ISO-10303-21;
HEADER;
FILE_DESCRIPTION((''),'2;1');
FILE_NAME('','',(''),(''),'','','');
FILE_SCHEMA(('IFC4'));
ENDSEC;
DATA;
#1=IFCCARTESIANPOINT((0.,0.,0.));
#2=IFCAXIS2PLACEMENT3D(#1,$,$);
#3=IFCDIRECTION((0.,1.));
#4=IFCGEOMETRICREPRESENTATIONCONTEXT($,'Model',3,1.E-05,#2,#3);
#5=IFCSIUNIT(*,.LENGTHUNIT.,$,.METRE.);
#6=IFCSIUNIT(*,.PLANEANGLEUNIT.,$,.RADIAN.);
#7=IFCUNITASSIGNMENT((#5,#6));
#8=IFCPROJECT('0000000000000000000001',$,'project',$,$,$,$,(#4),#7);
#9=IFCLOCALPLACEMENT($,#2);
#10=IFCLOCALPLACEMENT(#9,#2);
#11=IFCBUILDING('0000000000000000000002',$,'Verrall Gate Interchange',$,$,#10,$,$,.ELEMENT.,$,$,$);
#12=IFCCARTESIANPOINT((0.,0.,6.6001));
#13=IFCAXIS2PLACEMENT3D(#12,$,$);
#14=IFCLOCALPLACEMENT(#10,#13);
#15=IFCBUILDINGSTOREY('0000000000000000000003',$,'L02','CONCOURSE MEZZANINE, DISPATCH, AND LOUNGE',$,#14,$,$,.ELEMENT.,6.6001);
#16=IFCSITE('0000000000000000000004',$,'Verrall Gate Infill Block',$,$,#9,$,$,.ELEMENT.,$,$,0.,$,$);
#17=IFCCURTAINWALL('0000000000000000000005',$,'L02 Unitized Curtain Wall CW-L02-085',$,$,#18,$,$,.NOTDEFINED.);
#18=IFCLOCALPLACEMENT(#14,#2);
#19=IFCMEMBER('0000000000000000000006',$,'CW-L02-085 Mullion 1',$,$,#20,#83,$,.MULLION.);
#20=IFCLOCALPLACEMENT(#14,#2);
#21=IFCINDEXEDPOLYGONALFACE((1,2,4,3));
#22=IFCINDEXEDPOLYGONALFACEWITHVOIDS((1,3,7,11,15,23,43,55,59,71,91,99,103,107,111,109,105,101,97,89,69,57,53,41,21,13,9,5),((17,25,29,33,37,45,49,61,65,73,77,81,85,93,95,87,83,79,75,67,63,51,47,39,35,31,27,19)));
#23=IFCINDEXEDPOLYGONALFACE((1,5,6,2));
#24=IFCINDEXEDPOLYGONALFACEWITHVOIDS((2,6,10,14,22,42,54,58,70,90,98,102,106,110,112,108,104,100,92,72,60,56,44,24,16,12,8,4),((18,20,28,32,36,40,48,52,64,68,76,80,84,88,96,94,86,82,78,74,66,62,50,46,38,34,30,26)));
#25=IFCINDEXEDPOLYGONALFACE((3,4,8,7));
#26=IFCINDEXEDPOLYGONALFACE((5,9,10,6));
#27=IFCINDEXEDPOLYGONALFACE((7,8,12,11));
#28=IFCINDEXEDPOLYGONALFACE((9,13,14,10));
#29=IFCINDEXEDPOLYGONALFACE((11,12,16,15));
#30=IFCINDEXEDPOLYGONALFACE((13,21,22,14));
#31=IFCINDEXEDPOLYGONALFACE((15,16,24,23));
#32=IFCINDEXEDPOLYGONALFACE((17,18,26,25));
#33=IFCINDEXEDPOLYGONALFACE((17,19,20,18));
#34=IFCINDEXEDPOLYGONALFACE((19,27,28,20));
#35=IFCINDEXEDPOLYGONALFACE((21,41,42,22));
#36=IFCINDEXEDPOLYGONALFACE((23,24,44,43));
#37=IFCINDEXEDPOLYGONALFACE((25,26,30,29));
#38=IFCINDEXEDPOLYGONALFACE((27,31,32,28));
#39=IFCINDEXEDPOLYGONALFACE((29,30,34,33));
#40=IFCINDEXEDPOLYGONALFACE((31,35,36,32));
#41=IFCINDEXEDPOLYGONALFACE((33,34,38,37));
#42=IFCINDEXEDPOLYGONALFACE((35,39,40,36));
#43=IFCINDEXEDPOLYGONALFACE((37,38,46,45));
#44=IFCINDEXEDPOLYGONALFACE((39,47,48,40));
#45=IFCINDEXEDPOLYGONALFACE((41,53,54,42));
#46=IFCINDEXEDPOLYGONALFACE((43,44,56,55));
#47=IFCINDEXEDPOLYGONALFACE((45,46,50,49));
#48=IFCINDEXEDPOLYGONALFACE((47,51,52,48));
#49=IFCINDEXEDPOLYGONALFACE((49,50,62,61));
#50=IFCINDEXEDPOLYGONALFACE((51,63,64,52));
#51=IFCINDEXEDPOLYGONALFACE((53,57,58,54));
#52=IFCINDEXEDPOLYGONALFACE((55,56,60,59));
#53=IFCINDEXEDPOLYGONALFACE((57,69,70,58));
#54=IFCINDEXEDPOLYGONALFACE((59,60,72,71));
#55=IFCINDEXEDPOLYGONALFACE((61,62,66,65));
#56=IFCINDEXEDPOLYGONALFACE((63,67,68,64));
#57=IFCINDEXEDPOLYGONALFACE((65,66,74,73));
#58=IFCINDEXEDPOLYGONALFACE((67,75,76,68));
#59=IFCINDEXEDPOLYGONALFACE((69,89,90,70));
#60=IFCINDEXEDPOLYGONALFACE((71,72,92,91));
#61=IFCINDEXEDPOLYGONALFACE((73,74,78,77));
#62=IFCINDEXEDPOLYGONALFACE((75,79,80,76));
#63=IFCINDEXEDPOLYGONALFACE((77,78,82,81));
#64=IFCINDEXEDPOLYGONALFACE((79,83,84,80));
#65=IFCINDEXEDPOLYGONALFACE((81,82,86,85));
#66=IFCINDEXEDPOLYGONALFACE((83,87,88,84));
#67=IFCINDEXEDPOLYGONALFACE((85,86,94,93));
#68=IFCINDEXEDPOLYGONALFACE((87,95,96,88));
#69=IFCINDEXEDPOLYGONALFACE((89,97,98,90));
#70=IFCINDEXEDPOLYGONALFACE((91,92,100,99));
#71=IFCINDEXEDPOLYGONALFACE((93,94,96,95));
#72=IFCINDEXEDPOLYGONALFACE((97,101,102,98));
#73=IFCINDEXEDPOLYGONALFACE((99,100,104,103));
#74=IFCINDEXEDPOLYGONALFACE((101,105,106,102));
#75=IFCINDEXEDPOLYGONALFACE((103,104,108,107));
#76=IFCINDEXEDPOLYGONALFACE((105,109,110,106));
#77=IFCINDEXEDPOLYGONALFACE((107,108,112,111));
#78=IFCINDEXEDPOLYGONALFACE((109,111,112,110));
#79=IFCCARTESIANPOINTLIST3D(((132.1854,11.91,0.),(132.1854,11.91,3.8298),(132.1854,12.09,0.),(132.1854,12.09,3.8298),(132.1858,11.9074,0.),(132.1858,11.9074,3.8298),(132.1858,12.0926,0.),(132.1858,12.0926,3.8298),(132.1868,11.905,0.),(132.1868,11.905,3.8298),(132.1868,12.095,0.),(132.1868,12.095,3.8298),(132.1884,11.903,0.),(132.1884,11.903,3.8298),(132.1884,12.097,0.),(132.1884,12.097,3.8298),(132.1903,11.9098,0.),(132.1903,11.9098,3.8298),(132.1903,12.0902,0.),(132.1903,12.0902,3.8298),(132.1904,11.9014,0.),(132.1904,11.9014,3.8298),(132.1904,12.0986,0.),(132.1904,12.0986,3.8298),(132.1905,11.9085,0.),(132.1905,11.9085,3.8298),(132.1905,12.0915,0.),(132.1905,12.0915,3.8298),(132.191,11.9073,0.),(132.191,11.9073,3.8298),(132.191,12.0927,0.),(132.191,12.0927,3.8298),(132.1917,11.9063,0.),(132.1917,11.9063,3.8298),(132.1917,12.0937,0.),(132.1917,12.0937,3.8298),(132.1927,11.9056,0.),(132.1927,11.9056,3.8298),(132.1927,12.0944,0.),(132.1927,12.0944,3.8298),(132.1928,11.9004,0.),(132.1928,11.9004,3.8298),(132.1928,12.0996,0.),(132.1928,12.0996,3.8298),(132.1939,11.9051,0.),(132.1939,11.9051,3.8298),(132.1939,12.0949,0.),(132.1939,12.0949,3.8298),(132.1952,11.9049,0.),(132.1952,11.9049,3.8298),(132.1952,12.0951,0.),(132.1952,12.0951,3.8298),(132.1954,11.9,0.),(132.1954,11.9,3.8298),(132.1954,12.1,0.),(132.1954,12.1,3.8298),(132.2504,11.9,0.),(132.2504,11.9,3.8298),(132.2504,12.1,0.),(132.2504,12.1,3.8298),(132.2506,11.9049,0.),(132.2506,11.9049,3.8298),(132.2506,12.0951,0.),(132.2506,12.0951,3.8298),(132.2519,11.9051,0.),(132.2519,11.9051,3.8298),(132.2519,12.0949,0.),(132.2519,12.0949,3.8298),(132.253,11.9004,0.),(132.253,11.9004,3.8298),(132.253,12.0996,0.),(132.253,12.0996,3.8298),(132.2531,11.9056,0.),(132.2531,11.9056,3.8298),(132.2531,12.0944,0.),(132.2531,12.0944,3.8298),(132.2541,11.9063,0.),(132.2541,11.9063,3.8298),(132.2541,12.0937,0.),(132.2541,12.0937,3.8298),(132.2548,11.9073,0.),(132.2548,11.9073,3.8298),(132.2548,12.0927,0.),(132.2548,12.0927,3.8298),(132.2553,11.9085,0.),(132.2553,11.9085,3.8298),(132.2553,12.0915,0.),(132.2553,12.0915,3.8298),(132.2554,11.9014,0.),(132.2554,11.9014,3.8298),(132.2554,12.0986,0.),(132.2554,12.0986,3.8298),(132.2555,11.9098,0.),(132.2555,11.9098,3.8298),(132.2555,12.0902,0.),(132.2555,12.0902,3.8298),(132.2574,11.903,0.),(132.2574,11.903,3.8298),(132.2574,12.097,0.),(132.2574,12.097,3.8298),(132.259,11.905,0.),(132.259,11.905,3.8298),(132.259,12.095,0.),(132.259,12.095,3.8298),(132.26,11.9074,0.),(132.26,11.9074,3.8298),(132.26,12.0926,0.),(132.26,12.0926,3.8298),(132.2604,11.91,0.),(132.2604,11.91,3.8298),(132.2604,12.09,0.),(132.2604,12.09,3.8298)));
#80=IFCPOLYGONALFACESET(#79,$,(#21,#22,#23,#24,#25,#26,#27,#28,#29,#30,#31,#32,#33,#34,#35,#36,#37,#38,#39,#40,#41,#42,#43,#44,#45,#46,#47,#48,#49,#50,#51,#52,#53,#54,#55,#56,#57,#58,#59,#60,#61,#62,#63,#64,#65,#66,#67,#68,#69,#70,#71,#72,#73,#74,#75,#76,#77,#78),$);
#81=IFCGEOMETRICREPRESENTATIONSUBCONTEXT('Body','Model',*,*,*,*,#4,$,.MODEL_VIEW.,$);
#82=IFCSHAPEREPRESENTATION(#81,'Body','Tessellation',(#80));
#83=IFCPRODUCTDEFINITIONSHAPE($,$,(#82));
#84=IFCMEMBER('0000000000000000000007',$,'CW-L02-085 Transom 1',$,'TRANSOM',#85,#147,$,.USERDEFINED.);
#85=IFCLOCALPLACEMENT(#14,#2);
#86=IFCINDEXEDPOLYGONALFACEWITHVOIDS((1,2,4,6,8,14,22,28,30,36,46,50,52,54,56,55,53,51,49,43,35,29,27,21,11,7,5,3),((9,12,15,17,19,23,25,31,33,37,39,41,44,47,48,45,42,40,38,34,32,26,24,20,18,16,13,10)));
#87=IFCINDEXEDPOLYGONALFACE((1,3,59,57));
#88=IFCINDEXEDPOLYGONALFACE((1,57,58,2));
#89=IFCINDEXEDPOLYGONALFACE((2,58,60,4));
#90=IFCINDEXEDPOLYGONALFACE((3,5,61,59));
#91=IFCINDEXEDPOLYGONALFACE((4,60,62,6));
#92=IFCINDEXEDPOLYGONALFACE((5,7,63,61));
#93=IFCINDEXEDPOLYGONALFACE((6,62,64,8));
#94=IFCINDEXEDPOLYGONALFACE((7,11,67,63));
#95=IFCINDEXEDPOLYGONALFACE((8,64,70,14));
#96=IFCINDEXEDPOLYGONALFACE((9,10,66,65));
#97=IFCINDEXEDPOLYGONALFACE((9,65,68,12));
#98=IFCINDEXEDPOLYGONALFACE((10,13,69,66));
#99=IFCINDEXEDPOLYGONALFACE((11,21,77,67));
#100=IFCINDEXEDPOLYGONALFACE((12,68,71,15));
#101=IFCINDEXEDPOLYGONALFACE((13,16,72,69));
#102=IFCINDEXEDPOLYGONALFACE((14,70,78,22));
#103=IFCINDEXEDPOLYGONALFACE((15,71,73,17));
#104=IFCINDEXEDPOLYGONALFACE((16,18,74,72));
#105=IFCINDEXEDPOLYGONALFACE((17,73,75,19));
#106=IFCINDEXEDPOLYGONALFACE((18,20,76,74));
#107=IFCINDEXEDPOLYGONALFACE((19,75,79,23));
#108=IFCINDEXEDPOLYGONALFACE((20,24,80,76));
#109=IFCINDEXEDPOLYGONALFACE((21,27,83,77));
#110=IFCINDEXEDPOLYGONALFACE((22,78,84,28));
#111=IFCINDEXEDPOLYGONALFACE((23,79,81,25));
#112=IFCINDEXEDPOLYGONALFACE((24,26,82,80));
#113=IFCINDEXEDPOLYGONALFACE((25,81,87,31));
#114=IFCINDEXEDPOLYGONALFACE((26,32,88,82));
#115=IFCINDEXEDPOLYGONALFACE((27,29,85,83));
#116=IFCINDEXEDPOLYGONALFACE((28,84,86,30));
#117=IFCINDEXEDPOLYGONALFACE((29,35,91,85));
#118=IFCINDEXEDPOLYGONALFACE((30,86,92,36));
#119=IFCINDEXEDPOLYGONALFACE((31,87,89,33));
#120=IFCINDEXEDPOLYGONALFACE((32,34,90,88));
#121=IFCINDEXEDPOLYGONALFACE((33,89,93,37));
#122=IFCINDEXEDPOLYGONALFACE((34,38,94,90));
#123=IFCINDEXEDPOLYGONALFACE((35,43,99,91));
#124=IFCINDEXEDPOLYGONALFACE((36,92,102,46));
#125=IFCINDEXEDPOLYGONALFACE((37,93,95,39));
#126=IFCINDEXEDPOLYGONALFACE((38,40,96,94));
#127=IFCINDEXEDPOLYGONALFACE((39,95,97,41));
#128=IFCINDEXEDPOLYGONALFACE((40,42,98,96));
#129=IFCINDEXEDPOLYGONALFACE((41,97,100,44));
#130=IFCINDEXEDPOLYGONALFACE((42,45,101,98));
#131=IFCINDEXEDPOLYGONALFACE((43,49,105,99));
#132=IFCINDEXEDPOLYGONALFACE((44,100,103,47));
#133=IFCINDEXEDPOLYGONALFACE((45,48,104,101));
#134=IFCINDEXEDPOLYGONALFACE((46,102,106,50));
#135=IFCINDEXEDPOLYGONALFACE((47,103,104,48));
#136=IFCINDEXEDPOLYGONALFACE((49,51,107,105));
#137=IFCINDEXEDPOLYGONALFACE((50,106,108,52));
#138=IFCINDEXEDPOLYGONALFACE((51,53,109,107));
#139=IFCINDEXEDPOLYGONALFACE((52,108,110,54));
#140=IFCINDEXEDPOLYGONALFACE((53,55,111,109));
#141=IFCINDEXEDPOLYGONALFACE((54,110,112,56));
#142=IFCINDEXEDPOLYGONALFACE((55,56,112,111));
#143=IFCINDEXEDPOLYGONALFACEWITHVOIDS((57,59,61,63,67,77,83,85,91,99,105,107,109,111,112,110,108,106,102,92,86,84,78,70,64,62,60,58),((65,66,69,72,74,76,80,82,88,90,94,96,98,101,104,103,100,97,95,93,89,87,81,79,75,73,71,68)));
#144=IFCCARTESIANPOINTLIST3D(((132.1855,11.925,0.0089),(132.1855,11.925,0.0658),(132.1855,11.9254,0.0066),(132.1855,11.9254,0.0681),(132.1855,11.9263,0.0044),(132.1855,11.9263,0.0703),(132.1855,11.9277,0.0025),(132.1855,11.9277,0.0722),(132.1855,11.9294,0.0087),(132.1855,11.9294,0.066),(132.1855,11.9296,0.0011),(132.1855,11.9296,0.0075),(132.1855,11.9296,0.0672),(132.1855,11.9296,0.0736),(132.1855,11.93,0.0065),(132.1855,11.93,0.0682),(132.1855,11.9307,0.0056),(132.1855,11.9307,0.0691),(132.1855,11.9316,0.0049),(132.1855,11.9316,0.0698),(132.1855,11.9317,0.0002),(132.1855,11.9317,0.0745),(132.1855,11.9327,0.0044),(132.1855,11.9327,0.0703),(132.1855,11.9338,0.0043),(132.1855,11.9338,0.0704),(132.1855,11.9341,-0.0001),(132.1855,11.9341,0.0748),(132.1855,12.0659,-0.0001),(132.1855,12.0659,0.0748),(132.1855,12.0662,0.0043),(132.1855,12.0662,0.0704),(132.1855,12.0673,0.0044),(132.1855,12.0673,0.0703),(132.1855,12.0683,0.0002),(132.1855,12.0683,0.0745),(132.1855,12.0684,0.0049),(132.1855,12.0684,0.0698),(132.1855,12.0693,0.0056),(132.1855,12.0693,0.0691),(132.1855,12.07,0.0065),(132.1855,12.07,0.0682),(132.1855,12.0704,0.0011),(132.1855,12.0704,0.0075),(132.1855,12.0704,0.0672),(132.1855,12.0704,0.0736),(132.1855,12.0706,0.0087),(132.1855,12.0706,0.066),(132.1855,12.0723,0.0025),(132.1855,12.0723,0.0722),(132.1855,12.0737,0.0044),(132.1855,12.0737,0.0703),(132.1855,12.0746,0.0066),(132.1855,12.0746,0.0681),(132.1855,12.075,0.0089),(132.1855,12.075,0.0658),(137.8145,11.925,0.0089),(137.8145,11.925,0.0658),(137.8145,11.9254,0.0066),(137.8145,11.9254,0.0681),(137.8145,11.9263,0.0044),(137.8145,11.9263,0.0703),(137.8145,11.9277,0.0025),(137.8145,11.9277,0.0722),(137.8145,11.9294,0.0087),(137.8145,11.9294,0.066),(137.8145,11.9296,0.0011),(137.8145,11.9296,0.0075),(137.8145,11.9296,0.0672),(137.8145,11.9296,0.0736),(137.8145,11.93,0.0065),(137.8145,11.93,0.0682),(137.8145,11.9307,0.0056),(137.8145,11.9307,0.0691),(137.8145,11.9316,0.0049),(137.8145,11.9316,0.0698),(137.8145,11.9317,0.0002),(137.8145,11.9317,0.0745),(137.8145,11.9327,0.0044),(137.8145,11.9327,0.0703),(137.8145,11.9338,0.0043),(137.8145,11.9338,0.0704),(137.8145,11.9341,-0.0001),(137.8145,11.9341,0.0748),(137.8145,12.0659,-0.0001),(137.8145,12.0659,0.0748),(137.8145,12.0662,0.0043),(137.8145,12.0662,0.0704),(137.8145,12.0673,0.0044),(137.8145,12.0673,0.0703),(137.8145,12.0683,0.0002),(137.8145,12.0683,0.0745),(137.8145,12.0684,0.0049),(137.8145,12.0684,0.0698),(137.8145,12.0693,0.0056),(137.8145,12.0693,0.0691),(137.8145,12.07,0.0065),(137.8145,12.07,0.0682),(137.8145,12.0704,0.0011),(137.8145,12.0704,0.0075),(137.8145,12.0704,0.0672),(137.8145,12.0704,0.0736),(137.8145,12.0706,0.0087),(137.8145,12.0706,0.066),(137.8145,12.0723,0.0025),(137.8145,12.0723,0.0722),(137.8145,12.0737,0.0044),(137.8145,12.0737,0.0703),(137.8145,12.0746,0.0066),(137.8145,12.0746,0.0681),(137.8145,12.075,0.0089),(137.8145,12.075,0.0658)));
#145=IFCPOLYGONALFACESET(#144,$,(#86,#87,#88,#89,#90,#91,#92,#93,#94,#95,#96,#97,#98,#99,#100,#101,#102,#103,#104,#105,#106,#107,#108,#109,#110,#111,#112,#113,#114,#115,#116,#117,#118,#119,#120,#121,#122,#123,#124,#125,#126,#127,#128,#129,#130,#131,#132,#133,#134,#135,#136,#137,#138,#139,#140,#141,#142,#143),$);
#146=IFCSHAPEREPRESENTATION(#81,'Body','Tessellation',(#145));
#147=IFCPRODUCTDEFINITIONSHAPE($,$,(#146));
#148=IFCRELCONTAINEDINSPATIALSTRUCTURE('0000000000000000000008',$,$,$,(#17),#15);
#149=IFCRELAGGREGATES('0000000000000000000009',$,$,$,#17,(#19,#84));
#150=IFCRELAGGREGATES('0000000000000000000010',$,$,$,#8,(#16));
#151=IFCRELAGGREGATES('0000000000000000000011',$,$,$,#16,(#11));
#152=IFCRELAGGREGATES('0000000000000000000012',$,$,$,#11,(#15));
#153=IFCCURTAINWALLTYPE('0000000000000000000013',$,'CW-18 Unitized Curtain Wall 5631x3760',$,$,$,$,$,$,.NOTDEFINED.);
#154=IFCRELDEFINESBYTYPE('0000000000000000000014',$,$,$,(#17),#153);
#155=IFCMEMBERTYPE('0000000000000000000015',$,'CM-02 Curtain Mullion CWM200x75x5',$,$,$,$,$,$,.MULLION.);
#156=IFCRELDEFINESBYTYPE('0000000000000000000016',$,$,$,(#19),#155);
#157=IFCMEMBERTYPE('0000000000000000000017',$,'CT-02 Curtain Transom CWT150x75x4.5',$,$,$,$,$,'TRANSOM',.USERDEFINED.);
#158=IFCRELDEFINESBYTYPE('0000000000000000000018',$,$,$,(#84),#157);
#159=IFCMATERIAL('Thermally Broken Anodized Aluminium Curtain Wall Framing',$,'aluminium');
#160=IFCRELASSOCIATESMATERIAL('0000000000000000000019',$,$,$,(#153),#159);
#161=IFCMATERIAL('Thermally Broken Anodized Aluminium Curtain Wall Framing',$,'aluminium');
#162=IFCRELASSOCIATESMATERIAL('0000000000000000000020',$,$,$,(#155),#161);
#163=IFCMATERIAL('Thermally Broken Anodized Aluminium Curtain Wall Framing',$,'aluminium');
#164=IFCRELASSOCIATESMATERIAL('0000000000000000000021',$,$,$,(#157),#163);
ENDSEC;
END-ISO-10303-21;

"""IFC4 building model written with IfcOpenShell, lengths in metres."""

from ifc_helpers import new_model, si_unit, direction, frame, origin, origin_2d, place, context, subcontext, project, spatial, hollow_rectangle, extrude, material, material_profile, profile_set, type_object, element, aggregate, save


model = new_model("IFC4")

# Units and contexts
model_context = context("Model", 3, precision=1e-05, world=origin(), true_north=direction((0.0, 1.0)))
body_context = subcontext(model_context, "Body", "Model", "MODEL_VIEW")
ifc_project = project(units=[si_unit("LENGTHUNIT", "METRE"), si_unit("PLANEANGLEUNIT", "RADIAN")], contexts=[model_context])

# Site, building, storey
site_placement = place(None, origin())
site = spatial("IfcSite", under=ifc_project, at=site_placement, Name="Verrall Gate Infill Block", CompositionType="ELEMENT", RefElevation=0.0)
building_placement = place(site_placement, origin())
building = spatial("IfcBuilding", under=site, at=building_placement, Name="Verrall Gate Interchange", CompositionType="ELEMENT")
storey_placement = place(building_placement, frame((0.0, 0.0, 6.6001)))
storey = spatial("IfcBuildingStorey", under=building, at=storey_placement, Name="L02", Description="CONCOURSE MEZZANINE, DISPATCH, AND LOUNGE", CompositionType="ELEMENT", Elevation=6.6001)

# Curtain wall, members
ifc_material_1 = material(Name="Thermally Broken Anodized Aluminium Curtain Wall Framing", Category="aluminium")
curtain_wall_type = type_object("IfcCurtainWallType", Name="CW-18 Unitized Curtain Wall 5631x3760", PredefinedType="NOTDEFINED", material=ifc_material_1)
curtain_wall_1_placement = place(storey_placement, origin())
curtain_wall_1 = element("IfcCurtainWall", 1, at=curtain_wall_1_placement, inside=storey, type_object=curtain_wall_type, Name="L02 Unitized Curtain Wall CW-L02-085", PredefinedType="NOTDEFINED")
ifc_material_2 = material(Name="Thermally Broken Anodized Aluminium Curtain Wall Framing", Category="aluminium")
ifc_material_profile_1 = material_profile(ifc_material_2, hollow_rectangle(XDim=0.075, YDim=0.2, WallThickness=0.0049, InnerFilletRadius=0.0049, OuterFilletRadius=0.01, at=origin_2d()), Name="CWM200x75x5")
ifc_profile_set_1 = profile_set([ifc_material_profile_1], Name="Thermally Broken Anodized Aluminium Curtain Wall Framing")
member_type_1 = type_object("IfcMemberType", Name="CM-02 Curtain Mullion CWM200x75x5", PredefinedType="MULLION", material=ifc_profile_set_1)
member_1_placement = place(storey_placement, frame((132.2229, 12.0, 0.0), z_axis=(0.0, 0.0, 1.0), x_axis=(1.0, 0.0, 0.0)))
member_1 = element("IfcMember", 2, at=member_1_placement, type_object=member_type_1, Name="CW-L02-085 Mullion 1", PredefinedType="MULLION", context=body_context, shape_type="SweptSolid", body=[
    extrude(hollow_rectangle(XDim=0.075, YDim=0.2, WallThickness=0.0049, InnerFilletRadius=0.0049, OuterFilletRadius=0.01, at=origin_2d()), origin(), (0.0, 0.0, 1.0), 3.8298),
])
ifc_material_3 = material(Name="Thermally Broken Anodized Aluminium Curtain Wall Framing", Category="aluminium")
ifc_material_profile_2 = material_profile(ifc_material_3, hollow_rectangle(XDim=0.1499, YDim=0.075, WallThickness=0.0044, InnerFilletRadius=0.0044, OuterFilletRadius=0.009, at=origin_2d()), Name="CWT150x75x4.5")
ifc_profile_set_2 = profile_set([ifc_material_profile_2], Name="Thermally Broken Anodized Aluminium Curtain Wall Framing")
member_type_2 = type_object("IfcMemberType", Name="CT-02 Curtain Transom CWT150x75x4.5", ElementType="TRANSOM", PredefinedType="USERDEFINED", material=ifc_profile_set_2)
member_2_placement = place(storey_placement, frame((132.1855, 12.0, 0.0374), z_axis=(1.0, 0.0, 0.0), x_axis=(0.0, 1.0, 0.0)))
member_2 = element("IfcMember", 3, at=member_2_placement, type_object=member_type_2, Name="CW-L02-085 Transom 1", ObjectType="TRANSOM", PredefinedType="USERDEFINED", context=body_context, shape_type="SweptSolid", body=[
    extrude(hollow_rectangle(XDim=0.1499, YDim=0.075, WallThickness=0.0044, InnerFilletRadius=0.0044, OuterFilletRadius=0.009, at=origin_2d()), origin(), (0.0, 0.0, 1.0), 5.6289),
])
aggregate(curtain_wall_1, [member_1, member_2])

save(model, "model.ifc")
